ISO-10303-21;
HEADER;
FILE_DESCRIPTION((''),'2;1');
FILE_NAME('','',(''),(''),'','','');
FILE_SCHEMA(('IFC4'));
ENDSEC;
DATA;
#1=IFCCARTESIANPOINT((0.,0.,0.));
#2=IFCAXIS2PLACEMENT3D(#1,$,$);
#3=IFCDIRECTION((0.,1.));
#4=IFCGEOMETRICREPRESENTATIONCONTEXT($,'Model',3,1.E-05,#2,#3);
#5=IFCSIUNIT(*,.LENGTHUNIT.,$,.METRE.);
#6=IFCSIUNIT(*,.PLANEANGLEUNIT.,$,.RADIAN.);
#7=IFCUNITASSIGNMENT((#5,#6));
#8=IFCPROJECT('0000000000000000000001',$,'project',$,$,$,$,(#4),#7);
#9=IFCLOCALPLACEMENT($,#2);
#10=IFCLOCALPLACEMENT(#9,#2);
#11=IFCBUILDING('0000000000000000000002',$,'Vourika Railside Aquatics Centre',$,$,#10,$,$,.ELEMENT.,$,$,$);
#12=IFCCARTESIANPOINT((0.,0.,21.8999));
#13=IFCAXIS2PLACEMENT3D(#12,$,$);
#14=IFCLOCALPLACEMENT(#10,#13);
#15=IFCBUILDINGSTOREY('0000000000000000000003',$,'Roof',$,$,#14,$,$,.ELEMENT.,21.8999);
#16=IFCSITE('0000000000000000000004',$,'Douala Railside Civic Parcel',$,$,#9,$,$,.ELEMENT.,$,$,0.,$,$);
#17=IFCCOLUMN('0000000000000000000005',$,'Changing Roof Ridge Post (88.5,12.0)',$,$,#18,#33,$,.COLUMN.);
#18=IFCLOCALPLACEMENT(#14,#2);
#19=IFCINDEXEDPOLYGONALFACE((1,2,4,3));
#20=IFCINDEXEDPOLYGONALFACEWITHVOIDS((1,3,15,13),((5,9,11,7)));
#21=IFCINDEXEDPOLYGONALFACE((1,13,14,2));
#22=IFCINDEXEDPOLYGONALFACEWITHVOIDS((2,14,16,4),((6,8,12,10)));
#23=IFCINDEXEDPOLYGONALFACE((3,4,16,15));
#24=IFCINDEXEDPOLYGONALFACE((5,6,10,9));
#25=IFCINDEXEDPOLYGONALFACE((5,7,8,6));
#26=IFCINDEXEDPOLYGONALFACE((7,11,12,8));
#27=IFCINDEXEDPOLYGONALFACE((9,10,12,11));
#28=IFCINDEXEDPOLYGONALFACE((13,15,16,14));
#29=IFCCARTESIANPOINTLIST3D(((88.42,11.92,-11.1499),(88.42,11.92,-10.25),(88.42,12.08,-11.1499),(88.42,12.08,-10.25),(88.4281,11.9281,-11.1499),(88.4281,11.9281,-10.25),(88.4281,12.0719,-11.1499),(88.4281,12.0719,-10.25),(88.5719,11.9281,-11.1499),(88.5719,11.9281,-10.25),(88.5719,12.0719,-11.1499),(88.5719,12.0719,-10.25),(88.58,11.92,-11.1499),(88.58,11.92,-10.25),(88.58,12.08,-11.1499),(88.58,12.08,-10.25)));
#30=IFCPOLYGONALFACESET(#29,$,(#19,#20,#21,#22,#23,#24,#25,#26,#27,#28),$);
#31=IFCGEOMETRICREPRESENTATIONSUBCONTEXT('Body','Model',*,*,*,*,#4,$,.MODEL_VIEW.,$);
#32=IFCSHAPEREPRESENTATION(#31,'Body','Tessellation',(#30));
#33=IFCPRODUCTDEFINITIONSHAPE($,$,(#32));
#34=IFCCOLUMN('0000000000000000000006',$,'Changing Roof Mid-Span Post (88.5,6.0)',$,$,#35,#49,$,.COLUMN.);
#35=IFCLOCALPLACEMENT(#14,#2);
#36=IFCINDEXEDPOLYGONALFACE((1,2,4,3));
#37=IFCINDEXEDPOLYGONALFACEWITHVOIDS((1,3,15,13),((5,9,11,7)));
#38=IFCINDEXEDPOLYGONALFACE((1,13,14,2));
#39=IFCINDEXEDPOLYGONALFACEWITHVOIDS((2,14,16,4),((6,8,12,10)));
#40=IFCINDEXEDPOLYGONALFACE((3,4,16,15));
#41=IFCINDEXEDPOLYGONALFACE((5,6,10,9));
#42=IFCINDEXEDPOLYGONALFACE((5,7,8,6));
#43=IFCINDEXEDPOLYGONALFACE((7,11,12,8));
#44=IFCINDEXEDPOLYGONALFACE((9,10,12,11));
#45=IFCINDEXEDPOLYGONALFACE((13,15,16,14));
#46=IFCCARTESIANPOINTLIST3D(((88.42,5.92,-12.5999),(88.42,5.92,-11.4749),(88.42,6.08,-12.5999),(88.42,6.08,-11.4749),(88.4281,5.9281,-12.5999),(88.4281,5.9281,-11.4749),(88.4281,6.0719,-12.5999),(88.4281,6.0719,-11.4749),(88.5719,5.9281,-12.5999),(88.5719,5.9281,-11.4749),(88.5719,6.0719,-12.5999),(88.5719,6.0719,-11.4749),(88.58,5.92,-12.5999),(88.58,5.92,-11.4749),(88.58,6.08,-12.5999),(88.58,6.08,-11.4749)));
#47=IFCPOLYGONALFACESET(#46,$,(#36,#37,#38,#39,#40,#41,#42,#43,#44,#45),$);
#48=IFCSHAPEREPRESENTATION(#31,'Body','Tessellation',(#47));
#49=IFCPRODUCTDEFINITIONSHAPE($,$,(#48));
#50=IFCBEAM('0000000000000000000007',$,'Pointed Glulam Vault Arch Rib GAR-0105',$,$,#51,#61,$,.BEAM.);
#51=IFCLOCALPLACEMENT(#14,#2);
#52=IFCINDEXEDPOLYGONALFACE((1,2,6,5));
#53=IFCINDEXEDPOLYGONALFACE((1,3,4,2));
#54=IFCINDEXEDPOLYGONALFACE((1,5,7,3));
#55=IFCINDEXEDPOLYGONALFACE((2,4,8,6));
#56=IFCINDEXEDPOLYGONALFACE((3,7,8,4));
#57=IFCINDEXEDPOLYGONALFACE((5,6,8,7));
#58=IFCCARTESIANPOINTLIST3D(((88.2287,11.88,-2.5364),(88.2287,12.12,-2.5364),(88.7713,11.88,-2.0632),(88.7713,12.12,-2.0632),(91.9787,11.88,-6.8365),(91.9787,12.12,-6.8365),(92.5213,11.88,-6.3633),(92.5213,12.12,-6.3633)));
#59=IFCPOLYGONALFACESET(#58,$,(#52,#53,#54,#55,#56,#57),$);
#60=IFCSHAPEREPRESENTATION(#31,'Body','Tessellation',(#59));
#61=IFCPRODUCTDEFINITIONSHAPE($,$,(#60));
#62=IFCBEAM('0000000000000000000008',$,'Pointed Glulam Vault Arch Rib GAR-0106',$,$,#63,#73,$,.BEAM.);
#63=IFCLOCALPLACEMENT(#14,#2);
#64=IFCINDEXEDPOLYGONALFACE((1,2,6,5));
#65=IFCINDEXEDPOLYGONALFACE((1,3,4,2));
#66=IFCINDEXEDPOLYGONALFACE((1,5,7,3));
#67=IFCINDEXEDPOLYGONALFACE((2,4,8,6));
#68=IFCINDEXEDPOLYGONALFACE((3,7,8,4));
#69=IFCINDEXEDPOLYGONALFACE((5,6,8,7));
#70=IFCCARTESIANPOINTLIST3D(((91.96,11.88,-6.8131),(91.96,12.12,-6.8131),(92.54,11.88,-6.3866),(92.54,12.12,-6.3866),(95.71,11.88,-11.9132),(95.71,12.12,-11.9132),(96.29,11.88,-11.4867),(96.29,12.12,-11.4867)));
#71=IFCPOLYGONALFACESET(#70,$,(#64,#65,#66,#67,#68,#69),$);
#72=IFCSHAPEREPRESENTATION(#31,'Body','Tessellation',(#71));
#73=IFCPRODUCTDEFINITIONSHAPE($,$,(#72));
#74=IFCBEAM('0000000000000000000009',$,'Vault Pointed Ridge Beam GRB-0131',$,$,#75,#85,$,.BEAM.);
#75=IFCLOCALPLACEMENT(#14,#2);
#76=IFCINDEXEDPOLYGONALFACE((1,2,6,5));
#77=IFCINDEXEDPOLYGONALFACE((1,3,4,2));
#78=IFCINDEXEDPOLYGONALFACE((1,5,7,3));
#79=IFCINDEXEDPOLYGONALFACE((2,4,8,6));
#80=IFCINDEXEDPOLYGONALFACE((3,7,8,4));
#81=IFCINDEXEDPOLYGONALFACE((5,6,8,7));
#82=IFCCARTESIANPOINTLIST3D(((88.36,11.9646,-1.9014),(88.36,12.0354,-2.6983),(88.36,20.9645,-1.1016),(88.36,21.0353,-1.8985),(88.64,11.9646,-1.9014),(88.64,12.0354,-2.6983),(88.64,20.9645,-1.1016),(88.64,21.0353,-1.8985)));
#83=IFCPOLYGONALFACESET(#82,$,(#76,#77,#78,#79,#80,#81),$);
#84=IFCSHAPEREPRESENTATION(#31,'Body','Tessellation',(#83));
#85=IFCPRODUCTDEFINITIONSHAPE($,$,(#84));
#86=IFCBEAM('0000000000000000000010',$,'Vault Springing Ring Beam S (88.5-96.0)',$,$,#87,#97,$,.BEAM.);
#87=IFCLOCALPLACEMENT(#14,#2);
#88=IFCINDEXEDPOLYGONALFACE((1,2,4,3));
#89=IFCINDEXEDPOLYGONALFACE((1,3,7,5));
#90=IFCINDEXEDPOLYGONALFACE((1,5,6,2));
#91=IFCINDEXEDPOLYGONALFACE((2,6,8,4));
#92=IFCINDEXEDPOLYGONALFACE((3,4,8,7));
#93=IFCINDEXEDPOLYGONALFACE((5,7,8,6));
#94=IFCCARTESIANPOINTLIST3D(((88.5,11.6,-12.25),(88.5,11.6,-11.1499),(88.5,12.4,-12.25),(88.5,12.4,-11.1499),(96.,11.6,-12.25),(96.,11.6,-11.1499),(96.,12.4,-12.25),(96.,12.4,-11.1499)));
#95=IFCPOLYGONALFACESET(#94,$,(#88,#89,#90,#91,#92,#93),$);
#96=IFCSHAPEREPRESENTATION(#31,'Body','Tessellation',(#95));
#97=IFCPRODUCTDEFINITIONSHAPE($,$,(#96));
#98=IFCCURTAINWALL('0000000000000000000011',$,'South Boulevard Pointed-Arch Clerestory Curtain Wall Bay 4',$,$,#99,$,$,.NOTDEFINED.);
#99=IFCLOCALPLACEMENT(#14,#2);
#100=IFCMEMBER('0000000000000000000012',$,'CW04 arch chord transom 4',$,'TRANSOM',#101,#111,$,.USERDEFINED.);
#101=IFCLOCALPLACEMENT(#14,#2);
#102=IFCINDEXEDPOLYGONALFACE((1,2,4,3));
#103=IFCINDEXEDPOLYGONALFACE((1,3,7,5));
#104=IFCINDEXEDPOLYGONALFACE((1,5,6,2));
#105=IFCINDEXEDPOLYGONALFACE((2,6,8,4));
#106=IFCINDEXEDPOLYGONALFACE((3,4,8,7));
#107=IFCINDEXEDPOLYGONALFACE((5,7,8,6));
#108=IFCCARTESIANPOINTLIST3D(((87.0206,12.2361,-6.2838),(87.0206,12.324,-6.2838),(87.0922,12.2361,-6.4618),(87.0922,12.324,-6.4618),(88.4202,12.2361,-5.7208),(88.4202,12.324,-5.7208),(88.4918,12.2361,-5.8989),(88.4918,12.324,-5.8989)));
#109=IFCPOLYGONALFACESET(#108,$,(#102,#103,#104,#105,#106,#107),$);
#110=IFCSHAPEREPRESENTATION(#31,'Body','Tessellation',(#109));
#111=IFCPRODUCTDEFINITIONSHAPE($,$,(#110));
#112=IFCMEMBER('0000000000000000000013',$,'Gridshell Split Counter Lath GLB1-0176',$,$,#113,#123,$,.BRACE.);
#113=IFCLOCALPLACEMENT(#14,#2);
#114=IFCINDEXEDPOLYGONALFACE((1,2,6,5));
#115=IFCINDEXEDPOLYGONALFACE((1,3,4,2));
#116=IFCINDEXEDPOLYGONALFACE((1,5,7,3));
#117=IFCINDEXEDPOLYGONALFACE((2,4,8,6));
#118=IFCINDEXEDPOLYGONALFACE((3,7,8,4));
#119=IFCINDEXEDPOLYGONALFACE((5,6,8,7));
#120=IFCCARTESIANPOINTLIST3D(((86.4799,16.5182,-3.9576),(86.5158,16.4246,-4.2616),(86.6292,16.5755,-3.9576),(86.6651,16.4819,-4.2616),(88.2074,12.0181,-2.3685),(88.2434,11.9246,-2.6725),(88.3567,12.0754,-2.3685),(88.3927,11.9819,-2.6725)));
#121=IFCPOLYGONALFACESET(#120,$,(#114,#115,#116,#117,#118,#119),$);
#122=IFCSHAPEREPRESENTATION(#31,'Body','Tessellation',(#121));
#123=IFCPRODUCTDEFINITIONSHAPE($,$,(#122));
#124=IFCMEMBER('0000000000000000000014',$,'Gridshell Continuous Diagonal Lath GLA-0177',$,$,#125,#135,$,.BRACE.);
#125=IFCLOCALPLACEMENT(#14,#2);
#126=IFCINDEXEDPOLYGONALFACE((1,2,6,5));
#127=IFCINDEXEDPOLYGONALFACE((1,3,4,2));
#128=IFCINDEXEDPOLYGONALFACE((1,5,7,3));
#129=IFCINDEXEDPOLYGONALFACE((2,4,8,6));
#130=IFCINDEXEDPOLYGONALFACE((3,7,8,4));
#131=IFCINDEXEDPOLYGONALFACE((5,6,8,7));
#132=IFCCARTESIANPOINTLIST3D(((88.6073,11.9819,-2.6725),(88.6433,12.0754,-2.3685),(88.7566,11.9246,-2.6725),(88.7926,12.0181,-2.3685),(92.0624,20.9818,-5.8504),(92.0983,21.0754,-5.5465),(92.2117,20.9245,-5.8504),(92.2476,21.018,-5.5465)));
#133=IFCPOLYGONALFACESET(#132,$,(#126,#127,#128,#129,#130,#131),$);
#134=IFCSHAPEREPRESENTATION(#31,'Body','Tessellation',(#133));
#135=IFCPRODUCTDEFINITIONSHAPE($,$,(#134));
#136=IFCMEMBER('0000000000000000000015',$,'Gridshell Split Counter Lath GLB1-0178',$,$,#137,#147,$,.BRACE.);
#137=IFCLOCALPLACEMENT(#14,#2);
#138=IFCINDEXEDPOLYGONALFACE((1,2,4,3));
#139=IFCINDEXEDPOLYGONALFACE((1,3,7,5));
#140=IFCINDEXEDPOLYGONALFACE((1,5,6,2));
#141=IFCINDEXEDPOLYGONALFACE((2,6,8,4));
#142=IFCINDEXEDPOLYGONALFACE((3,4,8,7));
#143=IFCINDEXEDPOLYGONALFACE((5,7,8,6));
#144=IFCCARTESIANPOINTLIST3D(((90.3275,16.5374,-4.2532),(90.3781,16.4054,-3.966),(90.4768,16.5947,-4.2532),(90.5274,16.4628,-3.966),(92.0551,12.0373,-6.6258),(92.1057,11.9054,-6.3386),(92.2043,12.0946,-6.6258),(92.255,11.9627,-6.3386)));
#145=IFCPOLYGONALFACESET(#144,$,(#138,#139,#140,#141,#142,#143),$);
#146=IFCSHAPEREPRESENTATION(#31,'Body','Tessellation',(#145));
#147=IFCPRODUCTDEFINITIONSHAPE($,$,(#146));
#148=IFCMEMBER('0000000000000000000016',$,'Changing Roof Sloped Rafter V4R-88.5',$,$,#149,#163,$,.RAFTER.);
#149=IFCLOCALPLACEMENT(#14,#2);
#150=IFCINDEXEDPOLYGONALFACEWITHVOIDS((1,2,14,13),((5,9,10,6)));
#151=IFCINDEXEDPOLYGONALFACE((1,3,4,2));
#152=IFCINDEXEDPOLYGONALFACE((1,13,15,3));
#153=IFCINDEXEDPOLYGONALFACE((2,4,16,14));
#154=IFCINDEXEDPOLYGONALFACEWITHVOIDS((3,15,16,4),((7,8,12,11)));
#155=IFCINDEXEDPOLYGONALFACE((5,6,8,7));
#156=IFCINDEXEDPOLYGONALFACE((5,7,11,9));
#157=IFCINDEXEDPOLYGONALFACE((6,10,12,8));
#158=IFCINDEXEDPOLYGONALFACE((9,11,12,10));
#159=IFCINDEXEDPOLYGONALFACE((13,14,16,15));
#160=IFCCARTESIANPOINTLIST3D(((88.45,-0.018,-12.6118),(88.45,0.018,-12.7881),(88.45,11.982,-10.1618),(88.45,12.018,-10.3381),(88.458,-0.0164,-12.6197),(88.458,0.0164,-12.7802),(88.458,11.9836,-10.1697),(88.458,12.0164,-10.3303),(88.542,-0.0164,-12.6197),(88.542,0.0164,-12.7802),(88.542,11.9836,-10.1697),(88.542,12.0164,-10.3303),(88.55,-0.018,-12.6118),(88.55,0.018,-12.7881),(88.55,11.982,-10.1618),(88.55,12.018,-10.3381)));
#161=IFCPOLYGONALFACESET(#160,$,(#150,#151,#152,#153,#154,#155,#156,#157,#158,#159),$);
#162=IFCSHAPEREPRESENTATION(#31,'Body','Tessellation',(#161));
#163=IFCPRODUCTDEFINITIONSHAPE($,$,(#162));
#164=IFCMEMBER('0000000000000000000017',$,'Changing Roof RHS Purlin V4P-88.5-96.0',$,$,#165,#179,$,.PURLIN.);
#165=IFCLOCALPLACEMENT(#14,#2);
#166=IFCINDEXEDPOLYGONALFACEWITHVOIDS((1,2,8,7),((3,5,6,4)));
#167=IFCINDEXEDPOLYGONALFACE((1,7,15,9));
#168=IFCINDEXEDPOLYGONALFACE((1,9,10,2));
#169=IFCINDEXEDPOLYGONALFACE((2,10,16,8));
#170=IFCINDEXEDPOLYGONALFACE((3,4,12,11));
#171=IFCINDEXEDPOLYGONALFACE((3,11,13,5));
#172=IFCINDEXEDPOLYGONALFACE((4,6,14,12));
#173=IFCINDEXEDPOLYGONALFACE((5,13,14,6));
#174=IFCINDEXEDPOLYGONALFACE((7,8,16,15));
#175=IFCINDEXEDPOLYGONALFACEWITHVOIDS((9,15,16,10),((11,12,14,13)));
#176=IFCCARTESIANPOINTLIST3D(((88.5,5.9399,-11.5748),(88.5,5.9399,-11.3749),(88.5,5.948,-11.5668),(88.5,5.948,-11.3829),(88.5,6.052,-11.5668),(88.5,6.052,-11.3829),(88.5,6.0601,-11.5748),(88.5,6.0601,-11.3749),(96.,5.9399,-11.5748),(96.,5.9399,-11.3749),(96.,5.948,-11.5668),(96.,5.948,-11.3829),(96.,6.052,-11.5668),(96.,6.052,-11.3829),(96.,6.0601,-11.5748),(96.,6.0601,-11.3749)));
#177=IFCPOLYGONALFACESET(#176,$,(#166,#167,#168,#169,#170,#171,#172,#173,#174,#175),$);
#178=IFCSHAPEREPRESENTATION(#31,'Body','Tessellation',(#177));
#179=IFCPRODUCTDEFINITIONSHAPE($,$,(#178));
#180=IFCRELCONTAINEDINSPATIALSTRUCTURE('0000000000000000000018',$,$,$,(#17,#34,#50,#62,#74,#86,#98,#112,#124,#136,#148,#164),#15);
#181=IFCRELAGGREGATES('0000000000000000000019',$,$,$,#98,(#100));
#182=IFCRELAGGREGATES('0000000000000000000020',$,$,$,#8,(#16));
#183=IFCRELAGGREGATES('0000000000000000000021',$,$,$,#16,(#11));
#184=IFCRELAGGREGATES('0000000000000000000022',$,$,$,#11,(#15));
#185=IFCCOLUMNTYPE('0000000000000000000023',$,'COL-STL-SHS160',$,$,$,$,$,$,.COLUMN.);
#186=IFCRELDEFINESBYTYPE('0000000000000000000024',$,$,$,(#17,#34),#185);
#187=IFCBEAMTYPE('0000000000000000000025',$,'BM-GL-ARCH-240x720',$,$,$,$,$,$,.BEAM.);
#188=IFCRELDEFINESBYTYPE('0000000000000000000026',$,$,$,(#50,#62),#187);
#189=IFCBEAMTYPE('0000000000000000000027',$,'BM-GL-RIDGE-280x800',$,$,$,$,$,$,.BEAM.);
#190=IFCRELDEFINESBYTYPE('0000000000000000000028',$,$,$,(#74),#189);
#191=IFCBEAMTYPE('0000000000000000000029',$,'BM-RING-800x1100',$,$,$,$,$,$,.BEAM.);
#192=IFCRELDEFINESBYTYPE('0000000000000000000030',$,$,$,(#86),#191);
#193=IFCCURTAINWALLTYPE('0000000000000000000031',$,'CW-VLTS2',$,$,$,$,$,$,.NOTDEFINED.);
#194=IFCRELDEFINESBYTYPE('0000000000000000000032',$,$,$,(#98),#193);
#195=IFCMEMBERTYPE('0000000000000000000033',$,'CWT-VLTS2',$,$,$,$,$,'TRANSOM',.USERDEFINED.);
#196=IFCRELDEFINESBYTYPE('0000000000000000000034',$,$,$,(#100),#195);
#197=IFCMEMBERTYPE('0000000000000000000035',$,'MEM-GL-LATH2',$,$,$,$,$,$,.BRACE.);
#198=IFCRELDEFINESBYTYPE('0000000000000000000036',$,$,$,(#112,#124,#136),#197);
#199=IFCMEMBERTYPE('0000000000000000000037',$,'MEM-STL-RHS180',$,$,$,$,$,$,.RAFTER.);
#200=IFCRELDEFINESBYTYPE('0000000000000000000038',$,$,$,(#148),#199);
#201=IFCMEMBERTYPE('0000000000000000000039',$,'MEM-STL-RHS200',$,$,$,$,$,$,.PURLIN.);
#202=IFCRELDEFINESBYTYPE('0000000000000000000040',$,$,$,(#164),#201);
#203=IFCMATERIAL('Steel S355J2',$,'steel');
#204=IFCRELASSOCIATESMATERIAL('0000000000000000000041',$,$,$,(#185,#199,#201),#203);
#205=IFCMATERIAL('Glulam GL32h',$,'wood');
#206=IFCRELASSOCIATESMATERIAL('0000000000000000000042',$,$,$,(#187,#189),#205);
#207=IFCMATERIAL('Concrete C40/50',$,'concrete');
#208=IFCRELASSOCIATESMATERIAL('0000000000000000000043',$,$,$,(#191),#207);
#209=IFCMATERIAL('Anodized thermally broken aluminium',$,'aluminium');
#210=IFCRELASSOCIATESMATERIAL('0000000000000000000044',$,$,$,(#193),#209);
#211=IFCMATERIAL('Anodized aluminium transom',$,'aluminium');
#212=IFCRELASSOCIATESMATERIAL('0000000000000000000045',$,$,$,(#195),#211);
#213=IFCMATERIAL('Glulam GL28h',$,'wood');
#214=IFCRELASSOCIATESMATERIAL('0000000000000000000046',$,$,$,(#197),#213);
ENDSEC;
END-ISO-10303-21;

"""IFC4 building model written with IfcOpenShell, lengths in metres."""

from ifc_helpers import new_model, si_unit, direction, frame, origin, origin_2d, place, context, subcontext, project, spatial, rectangle, hollow_rectangle, extrude, material, material_profile, profile_set, type_object, element, aggregate, save


model = new_model("IFC4")

# Units and contexts
model_context = context("Model", 3, precision=1e-05, world=origin(), true_north=direction((0.0, 1.0)))
body_context = subcontext(model_context, "Body", "Model", "MODEL_VIEW")
ifc_project = project(units=[si_unit("LENGTHUNIT", "METRE"), si_unit("PLANEANGLEUNIT", "RADIAN")], contexts=[model_context])

# Site, building, storey
site_placement = place(None, origin())
site = spatial("IfcSite", under=ifc_project, at=site_placement, Name="Douala Railside Civic Parcel", CompositionType="ELEMENT", RefElevation=0.0)
building_placement = place(site_placement, origin())
building = spatial("IfcBuilding", under=site, at=building_placement, Name="Vourika Railside Aquatics Centre", CompositionType="ELEMENT")
storey_placement = place(building_placement, frame((0.0, 0.0, 21.8999)))
storey = spatial("IfcBuildingStorey", under=building, at=storey_placement, Name="Roof", CompositionType="ELEMENT", Elevation=21.8999)

# Columns
ifc_material_1 = material(Name="Steel S355J2", Category="steel")
ifc_material_profile_1 = material_profile(ifc_material_1, hollow_rectangle(XDim=0.1599, YDim=0.1599, WallThickness=0.0081, at=origin_2d()), Name="SHS 160x160x8")
ifc_profile_set_1 = profile_set([ifc_material_profile_1], Name="Steel S355J2")
column_type = type_object("IfcColumnType", Name="COL-STL-SHS160", PredefinedType="COLUMN", material=ifc_profile_set_1)
column_1_placement = place(storey_placement, frame((88.5, 12.0, -11.1499), z_axis=(0.0, 0.0, 1.0), x_axis=(1.0, 0.0, 0.0)))
element("IfcColumn", 1, at=column_1_placement, inside=storey, type_object=column_type, Name="Changing Roof Ridge Post (88.5,12.0)", PredefinedType="COLUMN", context=body_context, shape_type="SweptSolid", body=[
    extrude(hollow_rectangle(XDim=0.1599, YDim=0.1599, WallThickness=0.0081, at=origin_2d()), origin(), (0.0, 0.0, 1.0), 0.8999),
])
column_2_placement = place(storey_placement, frame((88.5, 6.0, -12.5999), z_axis=(0.0, 0.0, 1.0), x_axis=(1.0, 0.0, 0.0)))
element("IfcColumn", 2, at=column_2_placement, inside=storey, type_object=column_type, Name="Changing Roof Mid-Span Post (88.5,6.0)", PredefinedType="COLUMN", context=body_context, shape_type="SweptSolid", body=[
    extrude(hollow_rectangle(XDim=0.1599, YDim=0.1599, WallThickness=0.0081, at=origin_2d()), origin(), (0.0, 0.0, 1.0), 1.125),
])

# Beams
ifc_material_2 = material(Name="Glulam GL32h", Category="wood")
ifc_material_profile_2 = material_profile(ifc_material_2, rectangle(XDim=0.24, YDim=0.72, at=origin_2d()), Name="GL32h 240x720")
ifc_profile_set_2 = profile_set([ifc_material_profile_2], Name="Glulam GL32h")
beam_type_1 = type_object("IfcBeamType", Name="BM-GL-ARCH-240x720", PredefinedType="BEAM", material=ifc_profile_set_2)
beam_1_placement = place(storey_placement, frame((88.5, 12.0, -2.2998), z_axis=(0.657259, 0.0, -0.753665), x_axis=(0.0, 1.0, 0.0)))
element("IfcBeam", 3, at=beam_1_placement, inside=storey, type_object=beam_type_1, Name="Pointed Glulam Vault Arch Rib GAR-0105", PredefinedType="BEAM", context=body_context, shape_type="SweptSolid", body=[
    extrude(rectangle(XDim=0.24, YDim=0.72, at=origin_2d()), origin(), (0.0, 0.0, 1.0), 5.7056),
])
beam_2_placement = place(storey_placement, frame((92.25, 12.0, -6.5999), z_axis=(0.592383, 0.0, -0.805656), x_axis=(0.0, 1.0, 0.0)))
element("IfcBeam", 4, at=beam_2_placement, inside=storey, type_object=beam_type_1, Name="Pointed Glulam Vault Arch Rib GAR-0106", PredefinedType="BEAM", context=body_context, shape_type="SweptSolid", body=[
    extrude(rectangle(XDim=0.24, YDim=0.72, at=origin_2d()), origin(), (0.0, 0.0, 1.0), 6.3303),
])
ifc_material_profile_3 = material_profile(ifc_material_2, rectangle(XDim=0.28, YDim=0.8, at=origin_2d()), Name="GL32h 280x800")
ifc_profile_set_3 = profile_set([ifc_material_profile_3], Name="Glulam GL32h")
beam_type_2 = type_object("IfcBeamType", Name="BM-GL-RIDGE-280x800", PredefinedType="BEAM", material=ifc_profile_set_3)
beam_3_placement = place(storey_placement, frame((88.5, 12.0, -2.2998), z_axis=(0.0, 0.996075, 0.088518), x_axis=(-1.0, 0.0, 0.0)))
element("IfcBeam", 5, at=beam_3_placement, inside=storey, type_object=beam_type_2, Name="Vault Pointed Ridge Beam GRB-0131", PredefinedType="BEAM", context=body_context, shape_type="SweptSolid", body=[
    extrude(rectangle(XDim=0.28, YDim=0.8, at=origin_2d()), origin(), (0.0, 0.0, 1.0), 9.0354),
])
ifc_material_3 = material(Name="Concrete C40/50", Category="concrete")
ifc_material_profile_4 = material_profile(ifc_material_3, rectangle(XDim=0.8, YDim=1.1001, at=origin_2d()), Name="RC 800x1100")
ifc_profile_set_4 = profile_set([ifc_material_profile_4], Name="Concrete C40/50")
beam_type_3 = type_object("IfcBeamType", Name="BM-RING-800x1100", PredefinedType="BEAM", material=ifc_profile_set_4)
beam_4_placement = place(storey_placement, frame((88.5, 12.0, -11.7), z_axis=(1.0, 0.0, 0.0), x_axis=(0.0, 1.0, 0.0)))
element("IfcBeam", 6, at=beam_4_placement, inside=storey, type_object=beam_type_3, Name="Vault Springing Ring Beam S (88.5-96.0)", PredefinedType="BEAM", context=body_context, shape_type="SweptSolid", body=[
    extrude(rectangle(XDim=0.8, YDim=1.1001, at=origin_2d()), origin(), (0.0, 0.0, 1.0), 7.5),
])

# Curtain wall, member
ifc_material_4 = material(Name="Anodized thermally broken aluminium", Category="aluminium")
curtain_wall_type = type_object("IfcCurtainWallType", Name="CW-VLTS2", PredefinedType="NOTDEFINED", material=ifc_material_4)
curtain_wall_placement = place(storey_placement, origin())
curtain_wall = element("IfcCurtainWall", 7, at=curtain_wall_placement, inside=storey, type_object=curtain_wall_type, Name="South Boulevard Pointed-Arch Clerestory Curtain Wall Bay 4", PredefinedType="NOTDEFINED")
ifc_material_5 = material(Name="Anodized aluminium transom", Category="aluminium")
ifc_material_profile_5 = material_profile(ifc_material_5, rectangle(XDim=0.0879, YDim=0.1919, at=origin_2d()), Name="ALU-T 88x192")
ifc_profile_set_5 = profile_set([ifc_material_profile_5], Name="Anodized aluminium transom")
member_type_1 = type_object("IfcMemberType", Name="CWT-VLTS2", ElementType="TRANSOM", PredefinedType="USERDEFINED", material=ifc_profile_set_5)
member_1_placement = place(storey_placement, frame((87.0564, 12.28, -6.3728), z_axis=(0.927761, 0.0, 0.373176), x_axis=(0.0, 1.0, 0.0)))
member_1 = element("IfcMember", 8, at=member_1_placement, type_object=member_type_1, Name="CW04 arch chord transom 4", ObjectType="TRANSOM", PredefinedType="USERDEFINED", context=body_context, shape_type="SweptSolid", body=[
    extrude(rectangle(XDim=0.0879, YDim=0.1919, at=origin_2d()), origin(), (0.0, 0.0, 1.0), 1.5085),
])

# Members
ifc_material_6 = material(Name="Glulam GL28h", Category="wood")
ifc_material_profile_6 = material_profile(ifc_material_6, rectangle(XDim=0.1599, YDim=0.3201, at=origin_2d()), Name="GL28h 160x320")
ifc_profile_set_6 = profile_set([ifc_material_profile_6], Name="Glulam GL28h")
member_type_2 = type_object("IfcMemberType", Name="MEM-GL-LATH2", PredefinedType="BRACE", material=ifc_profile_set_6)
member_2_placement = place(storey_placement, frame((88.3, 12.0, -2.5205), z_axis=(-0.340375, 0.88663, -0.313101), x_axis=(-0.93357, -0.358395, 0.0)))
element("IfcMember", 9, at=member_2_placement, inside=storey, type_object=member_type_2, Name="Gridshell Split Counter Lath GLB1-0176", PredefinedType="BRACE", context=body_context, shape_type="SweptSolid", body=[
    extrude(rectangle(XDim=0.1599, YDim=0.3201, at=origin_2d()), origin(), (0.0, 0.0, 1.0), 5.0754),
])
member_3_placement = place(storey_placement, frame((88.7, 12.0, -2.5205), z_axis=(0.340378, 0.886637, -0.313079), x_axis=(-0.93357, 0.358395, 0.0)))
element("IfcMember", 10, at=member_3_placement, inside=storey, type_object=member_type_2, Name="Gridshell Continuous Diagonal Lath GLA-0177", PredefinedType="BRACE", context=body_context, shape_type="SweptSolid", body=[
    extrude(rectangle(XDim=0.1599, YDim=0.3201, at=origin_2d()), origin(), (0.0, 0.0, 1.0), 10.1506),
])
member_4_placement = place(storey_placement, frame((92.155, 12.0, -6.4822), z_axis=(-0.321554, 0.837604, 0.441614), x_axis=(-0.93357, -0.358395, 0.0)))
element("IfcMember", 11, at=member_4_placement, inside=storey, type_object=member_type_2, Name="Gridshell Split Counter Lath GLB1-0178", PredefinedType="BRACE", context=body_context, shape_type="SweptSolid", body=[
    extrude(rectangle(XDim=0.1599, YDim=0.3201, at=origin_2d()), origin(), (0.0, 0.0, 1.0), 5.3726),
])
ifc_material_profile_7 = material_profile(ifc_material_1, hollow_rectangle(XDim=0.1001, YDim=0.1799, WallThickness=0.0081, at=origin_2d()), Name="RHS 180x100x8")
ifc_profile_set_7 = profile_set([ifc_material_profile_7], Name="Steel S355J2")
member_type_3 = type_object("IfcMemberType", Name="MEM-STL-RHS180", PredefinedType="RAFTER", material=ifc_profile_set_7)
member_5_placement = place(storey_placement, frame((88.5, 0.0, -12.7), z_axis=(0.0, 0.979789, 0.200036), x_axis=(-1.0, 0.0, 0.0)))
element("IfcMember", 12, at=member_5_placement, inside=storey, type_object=member_type_3, Name="Changing Roof Sloped Rafter V4R-88.5", PredefinedType="RAFTER", context=body_context, shape_type="SweptSolid", body=[
    extrude(hollow_rectangle(XDim=0.1001, YDim=0.1799, WallThickness=0.0081, at=origin_2d()), origin(), (0.0, 0.0, 1.0), 12.2476),
])
ifc_material_profile_8 = material_profile(ifc_material_1, hollow_rectangle(XDim=0.1201, YDim=0.2, WallThickness=0.0081, at=origin_2d()), Name="RHS 200x120x8")
ifc_profile_set_8 = profile_set([ifc_material_profile_8], Name="Steel S355J2")
member_type_4 = type_object("IfcMemberType", Name="MEM-STL-RHS200", PredefinedType="PURLIN", material=ifc_profile_set_8)
member_6_placement = place(storey_placement, frame((88.5, 6.0, -11.4749), z_axis=(1.0, 0.0, 0.0), x_axis=(0.0, 1.0, 0.0)))
element("IfcMember", 13, at=member_6_placement, inside=storey, type_object=member_type_4, Name="Changing Roof RHS Purlin V4P-88.5-96.0", PredefinedType="PURLIN", context=body_context, shape_type="SweptSolid", body=[
    extrude(hollow_rectangle(XDim=0.1201, YDim=0.2, WallThickness=0.0081, at=origin_2d()), origin(), (0.0, 0.0, 1.0), 7.5),
])

aggregate(curtain_wall, [member_1])

save(model, "model.ifc")
